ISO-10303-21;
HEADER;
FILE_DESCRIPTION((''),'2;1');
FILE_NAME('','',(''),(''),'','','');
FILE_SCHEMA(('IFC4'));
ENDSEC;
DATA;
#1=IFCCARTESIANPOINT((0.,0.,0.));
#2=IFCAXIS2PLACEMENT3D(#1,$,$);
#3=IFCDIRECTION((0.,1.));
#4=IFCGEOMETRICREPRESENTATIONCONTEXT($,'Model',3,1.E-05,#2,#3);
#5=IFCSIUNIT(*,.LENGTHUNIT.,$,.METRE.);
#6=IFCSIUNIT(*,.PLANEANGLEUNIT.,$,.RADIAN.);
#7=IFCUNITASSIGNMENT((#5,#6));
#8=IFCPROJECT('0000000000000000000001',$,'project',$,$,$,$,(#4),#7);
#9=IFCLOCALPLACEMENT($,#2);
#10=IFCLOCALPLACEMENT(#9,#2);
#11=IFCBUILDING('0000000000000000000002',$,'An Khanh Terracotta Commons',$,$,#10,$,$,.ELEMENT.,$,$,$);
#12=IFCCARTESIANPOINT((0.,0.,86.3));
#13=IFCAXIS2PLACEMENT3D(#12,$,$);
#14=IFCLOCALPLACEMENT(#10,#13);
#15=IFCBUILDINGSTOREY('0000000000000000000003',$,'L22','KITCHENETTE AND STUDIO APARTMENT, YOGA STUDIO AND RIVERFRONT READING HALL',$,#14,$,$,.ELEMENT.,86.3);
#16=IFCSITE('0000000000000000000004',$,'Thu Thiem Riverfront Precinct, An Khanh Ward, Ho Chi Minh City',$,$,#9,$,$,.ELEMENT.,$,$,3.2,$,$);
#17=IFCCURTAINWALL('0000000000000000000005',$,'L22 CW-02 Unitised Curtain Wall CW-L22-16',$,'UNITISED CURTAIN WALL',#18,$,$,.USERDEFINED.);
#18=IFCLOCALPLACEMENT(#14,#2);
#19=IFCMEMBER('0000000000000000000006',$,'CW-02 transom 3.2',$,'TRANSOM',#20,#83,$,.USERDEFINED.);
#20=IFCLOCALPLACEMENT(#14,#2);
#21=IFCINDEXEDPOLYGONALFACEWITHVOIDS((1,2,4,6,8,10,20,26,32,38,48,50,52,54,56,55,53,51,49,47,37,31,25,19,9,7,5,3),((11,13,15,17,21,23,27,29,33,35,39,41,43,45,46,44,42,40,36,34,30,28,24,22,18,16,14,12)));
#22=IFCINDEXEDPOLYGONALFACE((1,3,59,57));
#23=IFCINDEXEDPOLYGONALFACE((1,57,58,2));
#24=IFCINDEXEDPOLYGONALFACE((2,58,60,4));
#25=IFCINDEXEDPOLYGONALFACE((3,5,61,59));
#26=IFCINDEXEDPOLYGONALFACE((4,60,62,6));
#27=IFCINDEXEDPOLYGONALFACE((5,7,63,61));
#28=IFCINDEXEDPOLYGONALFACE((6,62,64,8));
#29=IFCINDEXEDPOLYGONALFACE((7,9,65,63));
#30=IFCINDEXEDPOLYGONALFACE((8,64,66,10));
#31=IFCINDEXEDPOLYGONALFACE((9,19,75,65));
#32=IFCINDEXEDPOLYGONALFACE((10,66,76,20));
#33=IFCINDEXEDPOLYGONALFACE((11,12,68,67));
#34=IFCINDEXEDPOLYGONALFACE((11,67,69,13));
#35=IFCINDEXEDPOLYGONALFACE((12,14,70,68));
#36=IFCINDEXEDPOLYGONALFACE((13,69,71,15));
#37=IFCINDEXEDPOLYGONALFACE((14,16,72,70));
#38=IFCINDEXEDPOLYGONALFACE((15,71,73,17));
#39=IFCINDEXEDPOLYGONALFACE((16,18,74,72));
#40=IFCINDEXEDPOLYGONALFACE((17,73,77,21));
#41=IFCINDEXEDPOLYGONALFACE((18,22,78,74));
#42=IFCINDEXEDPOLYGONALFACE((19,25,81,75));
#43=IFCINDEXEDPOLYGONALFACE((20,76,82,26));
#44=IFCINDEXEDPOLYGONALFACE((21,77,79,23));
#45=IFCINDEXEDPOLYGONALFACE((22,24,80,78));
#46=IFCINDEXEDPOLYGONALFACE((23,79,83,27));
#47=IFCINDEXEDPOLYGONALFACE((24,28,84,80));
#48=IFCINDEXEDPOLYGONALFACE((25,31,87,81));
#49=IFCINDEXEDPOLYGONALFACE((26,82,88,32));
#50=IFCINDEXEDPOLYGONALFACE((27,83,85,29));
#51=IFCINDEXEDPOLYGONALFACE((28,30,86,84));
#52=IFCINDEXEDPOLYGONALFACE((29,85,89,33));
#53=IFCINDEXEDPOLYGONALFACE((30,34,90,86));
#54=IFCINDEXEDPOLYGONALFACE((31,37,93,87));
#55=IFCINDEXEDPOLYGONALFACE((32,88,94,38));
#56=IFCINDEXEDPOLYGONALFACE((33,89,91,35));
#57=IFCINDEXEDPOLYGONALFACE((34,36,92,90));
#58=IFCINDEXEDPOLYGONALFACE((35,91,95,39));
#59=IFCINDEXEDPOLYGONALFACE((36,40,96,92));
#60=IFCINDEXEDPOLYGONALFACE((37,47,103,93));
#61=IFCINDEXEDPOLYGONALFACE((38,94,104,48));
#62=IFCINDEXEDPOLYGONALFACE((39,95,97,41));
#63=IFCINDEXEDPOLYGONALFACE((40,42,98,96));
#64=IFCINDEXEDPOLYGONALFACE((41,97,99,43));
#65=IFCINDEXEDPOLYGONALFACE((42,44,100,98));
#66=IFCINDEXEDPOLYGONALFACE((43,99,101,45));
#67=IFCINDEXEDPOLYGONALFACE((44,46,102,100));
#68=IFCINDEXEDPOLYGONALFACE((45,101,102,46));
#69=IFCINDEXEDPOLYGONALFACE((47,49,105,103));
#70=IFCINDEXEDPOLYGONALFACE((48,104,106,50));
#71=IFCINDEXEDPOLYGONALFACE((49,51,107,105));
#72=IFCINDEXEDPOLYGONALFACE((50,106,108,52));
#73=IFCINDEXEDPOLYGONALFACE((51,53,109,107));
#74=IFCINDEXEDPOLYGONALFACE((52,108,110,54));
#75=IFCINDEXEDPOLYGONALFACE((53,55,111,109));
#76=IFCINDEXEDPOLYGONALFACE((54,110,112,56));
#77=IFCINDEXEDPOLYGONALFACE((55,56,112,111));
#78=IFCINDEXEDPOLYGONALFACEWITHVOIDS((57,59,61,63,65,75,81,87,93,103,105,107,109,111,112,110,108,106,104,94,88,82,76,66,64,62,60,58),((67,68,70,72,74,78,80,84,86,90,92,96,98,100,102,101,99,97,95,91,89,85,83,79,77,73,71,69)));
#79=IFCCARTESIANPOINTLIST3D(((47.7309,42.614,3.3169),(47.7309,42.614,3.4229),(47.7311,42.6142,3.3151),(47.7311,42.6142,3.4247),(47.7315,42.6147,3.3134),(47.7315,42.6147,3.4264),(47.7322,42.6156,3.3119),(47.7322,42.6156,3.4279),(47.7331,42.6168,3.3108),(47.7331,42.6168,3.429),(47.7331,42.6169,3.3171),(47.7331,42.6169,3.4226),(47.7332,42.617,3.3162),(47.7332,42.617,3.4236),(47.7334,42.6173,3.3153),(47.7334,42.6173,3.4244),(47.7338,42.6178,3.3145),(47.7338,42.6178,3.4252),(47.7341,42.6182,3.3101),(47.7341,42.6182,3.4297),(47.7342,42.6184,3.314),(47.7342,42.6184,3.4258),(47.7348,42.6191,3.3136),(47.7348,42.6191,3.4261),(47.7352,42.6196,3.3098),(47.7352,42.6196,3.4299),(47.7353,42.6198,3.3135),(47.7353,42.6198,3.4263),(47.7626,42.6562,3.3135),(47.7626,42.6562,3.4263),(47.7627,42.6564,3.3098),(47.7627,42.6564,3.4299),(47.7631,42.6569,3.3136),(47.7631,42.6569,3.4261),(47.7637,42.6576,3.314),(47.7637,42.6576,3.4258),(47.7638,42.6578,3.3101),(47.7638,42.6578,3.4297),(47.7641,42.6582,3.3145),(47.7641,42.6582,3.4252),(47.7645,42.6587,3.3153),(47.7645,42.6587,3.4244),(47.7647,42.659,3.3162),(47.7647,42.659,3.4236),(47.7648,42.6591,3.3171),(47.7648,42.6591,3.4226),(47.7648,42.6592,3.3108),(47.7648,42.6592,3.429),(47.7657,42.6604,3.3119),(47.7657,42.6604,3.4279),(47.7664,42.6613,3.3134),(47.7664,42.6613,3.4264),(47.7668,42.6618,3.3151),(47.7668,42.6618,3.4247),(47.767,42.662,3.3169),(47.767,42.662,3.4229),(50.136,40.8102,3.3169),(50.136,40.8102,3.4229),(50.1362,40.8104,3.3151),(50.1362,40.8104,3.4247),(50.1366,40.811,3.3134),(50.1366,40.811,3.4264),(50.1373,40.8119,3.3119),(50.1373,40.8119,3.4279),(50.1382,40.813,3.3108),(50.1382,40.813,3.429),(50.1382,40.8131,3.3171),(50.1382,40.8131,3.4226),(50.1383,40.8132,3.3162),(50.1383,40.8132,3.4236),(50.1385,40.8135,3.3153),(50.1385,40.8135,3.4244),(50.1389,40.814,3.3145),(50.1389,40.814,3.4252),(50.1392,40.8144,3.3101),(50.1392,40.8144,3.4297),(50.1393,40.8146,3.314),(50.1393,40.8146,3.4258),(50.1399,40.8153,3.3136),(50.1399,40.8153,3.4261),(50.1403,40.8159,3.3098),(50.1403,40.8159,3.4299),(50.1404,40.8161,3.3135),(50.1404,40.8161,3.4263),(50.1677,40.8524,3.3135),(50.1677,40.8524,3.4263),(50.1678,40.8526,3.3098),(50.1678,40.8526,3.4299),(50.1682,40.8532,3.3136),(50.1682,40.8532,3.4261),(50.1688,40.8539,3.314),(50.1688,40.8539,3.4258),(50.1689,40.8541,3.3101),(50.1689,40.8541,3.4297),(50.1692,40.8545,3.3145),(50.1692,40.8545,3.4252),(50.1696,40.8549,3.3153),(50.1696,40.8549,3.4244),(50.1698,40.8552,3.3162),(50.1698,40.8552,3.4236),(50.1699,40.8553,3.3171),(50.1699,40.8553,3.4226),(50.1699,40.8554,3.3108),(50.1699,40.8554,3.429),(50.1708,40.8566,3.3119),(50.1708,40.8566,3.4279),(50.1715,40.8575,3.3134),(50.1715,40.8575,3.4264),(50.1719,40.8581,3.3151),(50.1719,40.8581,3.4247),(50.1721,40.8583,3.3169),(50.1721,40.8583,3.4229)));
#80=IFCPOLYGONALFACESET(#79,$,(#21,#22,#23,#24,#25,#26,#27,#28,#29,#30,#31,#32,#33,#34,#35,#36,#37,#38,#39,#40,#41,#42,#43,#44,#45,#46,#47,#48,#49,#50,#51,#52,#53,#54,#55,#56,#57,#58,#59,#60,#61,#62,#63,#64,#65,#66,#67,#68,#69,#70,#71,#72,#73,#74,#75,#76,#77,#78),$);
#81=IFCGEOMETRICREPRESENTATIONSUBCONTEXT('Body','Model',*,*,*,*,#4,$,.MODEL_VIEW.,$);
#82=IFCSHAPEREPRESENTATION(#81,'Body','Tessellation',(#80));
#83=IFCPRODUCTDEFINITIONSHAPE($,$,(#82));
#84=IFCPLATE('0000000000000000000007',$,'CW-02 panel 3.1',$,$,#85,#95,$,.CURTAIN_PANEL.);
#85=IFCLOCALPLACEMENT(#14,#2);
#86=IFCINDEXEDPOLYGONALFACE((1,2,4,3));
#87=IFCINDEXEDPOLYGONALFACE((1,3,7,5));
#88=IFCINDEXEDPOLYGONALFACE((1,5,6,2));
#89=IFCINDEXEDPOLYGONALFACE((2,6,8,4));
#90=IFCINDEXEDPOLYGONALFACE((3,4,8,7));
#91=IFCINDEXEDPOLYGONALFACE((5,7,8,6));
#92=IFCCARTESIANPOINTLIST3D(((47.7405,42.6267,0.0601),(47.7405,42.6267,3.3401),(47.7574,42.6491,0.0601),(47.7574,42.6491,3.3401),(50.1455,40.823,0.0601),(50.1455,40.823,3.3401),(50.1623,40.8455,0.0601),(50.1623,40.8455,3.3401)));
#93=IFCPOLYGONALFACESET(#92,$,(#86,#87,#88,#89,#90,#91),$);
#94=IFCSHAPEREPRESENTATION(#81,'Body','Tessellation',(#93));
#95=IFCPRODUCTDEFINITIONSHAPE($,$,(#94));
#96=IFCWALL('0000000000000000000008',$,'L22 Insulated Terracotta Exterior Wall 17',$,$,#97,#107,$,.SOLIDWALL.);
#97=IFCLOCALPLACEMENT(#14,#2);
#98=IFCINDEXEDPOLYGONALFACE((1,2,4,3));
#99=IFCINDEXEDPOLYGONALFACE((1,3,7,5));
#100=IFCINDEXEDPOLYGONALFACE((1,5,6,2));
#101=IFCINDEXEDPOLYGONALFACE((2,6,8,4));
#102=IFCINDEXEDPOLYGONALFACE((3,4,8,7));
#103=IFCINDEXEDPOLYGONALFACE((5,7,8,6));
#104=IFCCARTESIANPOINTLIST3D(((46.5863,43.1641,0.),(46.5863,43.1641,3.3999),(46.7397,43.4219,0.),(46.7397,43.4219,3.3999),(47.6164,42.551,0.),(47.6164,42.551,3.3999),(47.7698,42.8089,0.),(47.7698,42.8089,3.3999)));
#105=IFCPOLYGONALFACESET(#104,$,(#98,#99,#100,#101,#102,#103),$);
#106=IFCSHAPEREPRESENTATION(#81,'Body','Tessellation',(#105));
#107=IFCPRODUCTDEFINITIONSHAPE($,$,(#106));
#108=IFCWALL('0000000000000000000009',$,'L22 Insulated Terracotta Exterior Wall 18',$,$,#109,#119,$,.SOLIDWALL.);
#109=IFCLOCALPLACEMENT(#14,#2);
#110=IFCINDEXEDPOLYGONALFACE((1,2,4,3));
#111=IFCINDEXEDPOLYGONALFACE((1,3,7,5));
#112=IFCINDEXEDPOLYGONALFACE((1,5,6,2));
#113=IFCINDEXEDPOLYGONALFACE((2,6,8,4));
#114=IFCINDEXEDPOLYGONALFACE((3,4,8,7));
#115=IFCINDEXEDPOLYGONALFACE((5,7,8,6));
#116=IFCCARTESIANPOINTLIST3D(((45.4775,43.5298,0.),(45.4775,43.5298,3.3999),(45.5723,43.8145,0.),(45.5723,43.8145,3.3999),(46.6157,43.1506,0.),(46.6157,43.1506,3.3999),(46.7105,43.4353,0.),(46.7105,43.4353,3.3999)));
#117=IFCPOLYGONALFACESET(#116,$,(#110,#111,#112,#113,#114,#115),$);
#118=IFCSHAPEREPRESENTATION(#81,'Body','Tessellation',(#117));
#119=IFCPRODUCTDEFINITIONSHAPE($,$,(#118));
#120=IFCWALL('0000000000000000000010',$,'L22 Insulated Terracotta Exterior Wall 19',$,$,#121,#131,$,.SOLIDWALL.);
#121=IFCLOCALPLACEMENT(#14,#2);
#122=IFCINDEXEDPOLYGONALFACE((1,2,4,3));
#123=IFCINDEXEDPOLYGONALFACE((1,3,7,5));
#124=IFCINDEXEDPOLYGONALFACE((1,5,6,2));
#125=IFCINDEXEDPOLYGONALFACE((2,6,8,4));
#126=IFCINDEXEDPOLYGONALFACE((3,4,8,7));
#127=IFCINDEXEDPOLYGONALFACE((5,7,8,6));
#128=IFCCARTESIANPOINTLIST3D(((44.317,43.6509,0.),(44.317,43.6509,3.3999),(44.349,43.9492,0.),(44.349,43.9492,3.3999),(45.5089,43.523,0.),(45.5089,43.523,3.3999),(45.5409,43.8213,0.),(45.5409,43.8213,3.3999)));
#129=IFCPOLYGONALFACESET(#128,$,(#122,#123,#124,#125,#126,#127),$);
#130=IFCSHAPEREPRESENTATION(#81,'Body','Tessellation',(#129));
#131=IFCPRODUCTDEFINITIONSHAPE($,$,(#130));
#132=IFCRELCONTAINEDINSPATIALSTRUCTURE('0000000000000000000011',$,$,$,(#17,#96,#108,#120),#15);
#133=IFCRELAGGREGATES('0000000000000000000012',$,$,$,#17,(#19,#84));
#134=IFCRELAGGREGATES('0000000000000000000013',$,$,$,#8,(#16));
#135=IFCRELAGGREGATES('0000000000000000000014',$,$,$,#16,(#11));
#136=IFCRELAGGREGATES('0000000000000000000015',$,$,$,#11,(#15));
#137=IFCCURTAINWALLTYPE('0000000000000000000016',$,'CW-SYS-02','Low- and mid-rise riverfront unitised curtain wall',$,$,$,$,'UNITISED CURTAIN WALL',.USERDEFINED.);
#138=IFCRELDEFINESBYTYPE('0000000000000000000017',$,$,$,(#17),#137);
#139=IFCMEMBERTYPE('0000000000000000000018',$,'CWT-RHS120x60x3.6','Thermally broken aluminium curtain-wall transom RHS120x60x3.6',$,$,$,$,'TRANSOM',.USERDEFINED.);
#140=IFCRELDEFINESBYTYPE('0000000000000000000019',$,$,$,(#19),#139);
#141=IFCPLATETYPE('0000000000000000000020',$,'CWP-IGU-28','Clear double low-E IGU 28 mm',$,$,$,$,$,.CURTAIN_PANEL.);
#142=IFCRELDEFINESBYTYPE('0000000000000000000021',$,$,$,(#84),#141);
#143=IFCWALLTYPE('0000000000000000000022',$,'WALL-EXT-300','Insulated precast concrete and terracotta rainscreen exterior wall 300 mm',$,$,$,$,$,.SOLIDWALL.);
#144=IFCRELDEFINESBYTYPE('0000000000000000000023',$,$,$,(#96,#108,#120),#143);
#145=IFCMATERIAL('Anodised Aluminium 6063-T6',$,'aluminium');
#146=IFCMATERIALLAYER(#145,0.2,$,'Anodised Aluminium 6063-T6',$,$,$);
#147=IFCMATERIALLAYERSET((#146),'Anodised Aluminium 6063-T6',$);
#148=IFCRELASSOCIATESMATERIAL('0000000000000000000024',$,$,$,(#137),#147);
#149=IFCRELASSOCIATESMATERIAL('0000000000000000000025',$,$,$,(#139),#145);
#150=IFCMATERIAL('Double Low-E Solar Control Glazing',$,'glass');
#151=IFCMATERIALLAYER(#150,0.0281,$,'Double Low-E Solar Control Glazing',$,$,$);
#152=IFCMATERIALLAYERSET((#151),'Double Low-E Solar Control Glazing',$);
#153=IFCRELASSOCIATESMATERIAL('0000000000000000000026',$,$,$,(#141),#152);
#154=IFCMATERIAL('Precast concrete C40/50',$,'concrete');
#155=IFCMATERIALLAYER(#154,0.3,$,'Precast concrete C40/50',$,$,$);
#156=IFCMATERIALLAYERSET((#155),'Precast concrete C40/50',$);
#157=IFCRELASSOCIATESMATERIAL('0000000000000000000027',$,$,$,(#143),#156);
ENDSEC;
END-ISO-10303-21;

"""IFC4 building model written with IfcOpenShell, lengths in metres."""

from ifc_helpers import new_model, si_unit, direction, frame, frame_2d, origin, origin_2d, place, context, subcontext, project, spatial, rectangle, hollow_rectangle, extrude, material, layer, layer_set, material_profile, profile_set, type_object, element, aggregate, save


model = new_model("IFC4")

# Units and contexts
model_context = context("Model", 3, precision=1e-05, world=origin(), true_north=direction((0.0, 1.0)))
body_context = subcontext(model_context, "Body", "Model", "MODEL_VIEW")
ifc_project = project(units=[si_unit("LENGTHUNIT", "METRE"), si_unit("PLANEANGLEUNIT", "RADIAN")], contexts=[model_context])

# Site, building, storey
site_placement = place(None, origin())
site = spatial("IfcSite", under=ifc_project, at=site_placement, Name="Thu Thiem Riverfront Precinct, An Khanh Ward, Ho Chi Minh City", CompositionType="ELEMENT", RefElevation=3.2)
building_placement = place(site_placement, origin())
building = spatial("IfcBuilding", under=site, at=building_placement, Name="An Khanh Terracotta Commons", CompositionType="ELEMENT")
storey_placement = place(building_placement, frame((0.0, 0.0, 86.3)))
storey = spatial("IfcBuildingStorey", under=building, at=storey_placement, Name="L22", Description="KITCHENETTE AND STUDIO APARTMENT, YOGA STUDIO AND RIVERFRONT READING HALL", CompositionType="ELEMENT", Elevation=86.3)

# Curtain wall, member, plate
ifc_material_1 = material(Name="Anodised Aluminium 6063-T6", Category="aluminium")
ifc_layer_1 = layer(ifc_material_1, 0.2, Name="Anodised Aluminium 6063-T6")
ifc_layer_set_1 = layer_set([ifc_layer_1], Name="Anodised Aluminium 6063-T6")
curtain_wall_type = type_object("IfcCurtainWallType", Name="CW-SYS-02", Description="Low- and mid-rise riverfront unitised curtain wall", ElementType="UNITISED CURTAIN WALL", PredefinedType="USERDEFINED", material=ifc_layer_set_1)
curtain_wall_placement = place(storey_placement, origin())
curtain_wall = element("IfcCurtainWall", 1, at=curtain_wall_placement, inside=storey, type_object=curtain_wall_type, Name="L22 CW-02 Unitised Curtain Wall CW-L22-16", ObjectType="UNITISED CURTAIN WALL", PredefinedType="USERDEFINED")
ifc_material_profile_1 = material_profile(ifc_material_1, hollow_rectangle(XDim=0.0601, YDim=0.1201, WallThickness=0.0037, InnerFilletRadius=0.0037, OuterFilletRadius=0.0071, at=origin_2d()), Name="RHS120x60x3.6")
ifc_profile_set_1 = profile_set([ifc_material_profile_1], Name="Anodised Aluminium 6063-T6")
member_type_1 = type_object("IfcMemberType", Name="CWT-RHS120x60x3.6", Description="Thermally broken aluminium curtain-wall transom RHS120x60x3.6", ElementType="TRANSOM", PredefinedType="USERDEFINED", material=ifc_profile_set_1)
member_1_placement = place(storey_placement, frame((50.1541, 40.8342, 3.3699), z_axis=(-0.80001, 0.599987, 0.0), x_axis=(-0.599987, -0.80001, 0.0)))
member_1 = element("IfcMember", 2, at=member_1_placement, type_object=member_type_1, Name="CW-02 transom 3.2", ObjectType="TRANSOM", PredefinedType="USERDEFINED", context=body_context, shape_type="SweptSolid", body=[
    extrude(hollow_rectangle(XDim=0.0601, YDim=0.1201, WallThickness=0.0037, InnerFilletRadius=0.0037, OuterFilletRadius=0.0071, at=origin_2d()), origin(), (0.0, 0.0, 1.0), 3.0063),
])
ifc_material_2 = material(Name="Double Low-E Solar Control Glazing", Category="glass")
ifc_layer_2 = layer(ifc_material_2, 0.0281, Name="Double Low-E Solar Control Glazing")
ifc_layer_set_2 = layer_set([ifc_layer_2], Name="Double Low-E Solar Control Glazing")
plate_type = type_object("IfcPlateType", Name="CWP-IGU-28", Description="Clear double low-E IGU 28 mm", PredefinedType="CURTAIN_PANEL", material=ifc_layer_set_2)
plate_placement = place(storey_placement, frame((48.9514, 41.7361, 0.0601), z_axis=(0.0, 0.0, 1.0), x_axis=(-0.800013, 0.599983, 0.0)))
plate = element("IfcPlate", 3, at=plate_placement, type_object=plate_type, Name="CW-02 panel 3.1", PredefinedType="CURTAIN_PANEL", context=body_context, shape_type="SweptSolid", body=[
    extrude(rectangle(XDim=3.0061, YDim=0.0281, at=origin_2d()), origin(), (0.0, 0.0, 1.0), 3.28),
])
aggregate(curtain_wall, [member_1, plate])

# Walls
ifc_material_3 = material(Name="Precast concrete C40/50", Category="concrete")
ifc_layer_3 = layer(ifc_material_3, 0.3, Name="Precast concrete C40/50")
ifc_layer_set_3 = layer_set([ifc_layer_3], Name="Precast concrete C40/50")
wall_type = type_object("IfcWallType", Name="WALL-EXT-300", Description="Insulated precast concrete and terracotta rainscreen exterior wall 300 mm", PredefinedType="SOLIDWALL", material=ifc_layer_set_3)
wall_1_placement = place(storey_placement, frame((47.6931, 42.6799, 0.0), z_axis=(0.0, 0.0, 1.0), x_axis=(-0.859321, 0.511437, 0.0)))
element("IfcWall", 4, at=wall_1_placement, inside=storey, type_object=wall_type, Name="L22 Insulated Terracotta Exterior Wall 17", PredefinedType="SOLIDWALL", context=body_context, shape_type="SweptSolid", body=[
    extrude(rectangle(XDim=1.1987, YDim=0.3, at=frame_2d((0.5994, 0.0))), origin(), (0.0, 0.0, 1.0), 3.3999),
])
wall_2_placement = place(storey_placement, frame((46.6631, 43.293, 0.0), z_axis=(0.0, 0.0, 1.0), x_axis=(-0.948744, 0.316045, 0.0)))
element("IfcWall", 5, at=wall_2_placement, inside=storey, type_object=wall_type, Name="L22 Insulated Terracotta Exterior Wall 18", PredefinedType="SOLIDWALL", context=body_context, shape_type="SweptSolid", body=[
    extrude(rectangle(XDim=1.1997, YDim=0.3, at=frame_2d((0.5999, 0.0))), origin(), (0.0, 0.0, 1.0), 3.3999),
])
wall_3_placement = place(storey_placement, frame((45.5249, 43.6721, 0.0), z_axis=(0.0, 0.0, 1.0), x_axis=(-0.994289, 0.10672, 0.0)))
element("IfcWall", 6, at=wall_3_placement, inside=storey, type_object=wall_type, Name="L22 Insulated Terracotta Exterior Wall 19", PredefinedType="SOLIDWALL", context=body_context, shape_type="SweptSolid", body=[
    extrude(rectangle(XDim=1.1987, YDim=0.3, at=frame_2d((0.5994, 0.0))), origin(), (0.0, 0.0, 1.0), 3.3999),
])

save(model, "model.ifc")
